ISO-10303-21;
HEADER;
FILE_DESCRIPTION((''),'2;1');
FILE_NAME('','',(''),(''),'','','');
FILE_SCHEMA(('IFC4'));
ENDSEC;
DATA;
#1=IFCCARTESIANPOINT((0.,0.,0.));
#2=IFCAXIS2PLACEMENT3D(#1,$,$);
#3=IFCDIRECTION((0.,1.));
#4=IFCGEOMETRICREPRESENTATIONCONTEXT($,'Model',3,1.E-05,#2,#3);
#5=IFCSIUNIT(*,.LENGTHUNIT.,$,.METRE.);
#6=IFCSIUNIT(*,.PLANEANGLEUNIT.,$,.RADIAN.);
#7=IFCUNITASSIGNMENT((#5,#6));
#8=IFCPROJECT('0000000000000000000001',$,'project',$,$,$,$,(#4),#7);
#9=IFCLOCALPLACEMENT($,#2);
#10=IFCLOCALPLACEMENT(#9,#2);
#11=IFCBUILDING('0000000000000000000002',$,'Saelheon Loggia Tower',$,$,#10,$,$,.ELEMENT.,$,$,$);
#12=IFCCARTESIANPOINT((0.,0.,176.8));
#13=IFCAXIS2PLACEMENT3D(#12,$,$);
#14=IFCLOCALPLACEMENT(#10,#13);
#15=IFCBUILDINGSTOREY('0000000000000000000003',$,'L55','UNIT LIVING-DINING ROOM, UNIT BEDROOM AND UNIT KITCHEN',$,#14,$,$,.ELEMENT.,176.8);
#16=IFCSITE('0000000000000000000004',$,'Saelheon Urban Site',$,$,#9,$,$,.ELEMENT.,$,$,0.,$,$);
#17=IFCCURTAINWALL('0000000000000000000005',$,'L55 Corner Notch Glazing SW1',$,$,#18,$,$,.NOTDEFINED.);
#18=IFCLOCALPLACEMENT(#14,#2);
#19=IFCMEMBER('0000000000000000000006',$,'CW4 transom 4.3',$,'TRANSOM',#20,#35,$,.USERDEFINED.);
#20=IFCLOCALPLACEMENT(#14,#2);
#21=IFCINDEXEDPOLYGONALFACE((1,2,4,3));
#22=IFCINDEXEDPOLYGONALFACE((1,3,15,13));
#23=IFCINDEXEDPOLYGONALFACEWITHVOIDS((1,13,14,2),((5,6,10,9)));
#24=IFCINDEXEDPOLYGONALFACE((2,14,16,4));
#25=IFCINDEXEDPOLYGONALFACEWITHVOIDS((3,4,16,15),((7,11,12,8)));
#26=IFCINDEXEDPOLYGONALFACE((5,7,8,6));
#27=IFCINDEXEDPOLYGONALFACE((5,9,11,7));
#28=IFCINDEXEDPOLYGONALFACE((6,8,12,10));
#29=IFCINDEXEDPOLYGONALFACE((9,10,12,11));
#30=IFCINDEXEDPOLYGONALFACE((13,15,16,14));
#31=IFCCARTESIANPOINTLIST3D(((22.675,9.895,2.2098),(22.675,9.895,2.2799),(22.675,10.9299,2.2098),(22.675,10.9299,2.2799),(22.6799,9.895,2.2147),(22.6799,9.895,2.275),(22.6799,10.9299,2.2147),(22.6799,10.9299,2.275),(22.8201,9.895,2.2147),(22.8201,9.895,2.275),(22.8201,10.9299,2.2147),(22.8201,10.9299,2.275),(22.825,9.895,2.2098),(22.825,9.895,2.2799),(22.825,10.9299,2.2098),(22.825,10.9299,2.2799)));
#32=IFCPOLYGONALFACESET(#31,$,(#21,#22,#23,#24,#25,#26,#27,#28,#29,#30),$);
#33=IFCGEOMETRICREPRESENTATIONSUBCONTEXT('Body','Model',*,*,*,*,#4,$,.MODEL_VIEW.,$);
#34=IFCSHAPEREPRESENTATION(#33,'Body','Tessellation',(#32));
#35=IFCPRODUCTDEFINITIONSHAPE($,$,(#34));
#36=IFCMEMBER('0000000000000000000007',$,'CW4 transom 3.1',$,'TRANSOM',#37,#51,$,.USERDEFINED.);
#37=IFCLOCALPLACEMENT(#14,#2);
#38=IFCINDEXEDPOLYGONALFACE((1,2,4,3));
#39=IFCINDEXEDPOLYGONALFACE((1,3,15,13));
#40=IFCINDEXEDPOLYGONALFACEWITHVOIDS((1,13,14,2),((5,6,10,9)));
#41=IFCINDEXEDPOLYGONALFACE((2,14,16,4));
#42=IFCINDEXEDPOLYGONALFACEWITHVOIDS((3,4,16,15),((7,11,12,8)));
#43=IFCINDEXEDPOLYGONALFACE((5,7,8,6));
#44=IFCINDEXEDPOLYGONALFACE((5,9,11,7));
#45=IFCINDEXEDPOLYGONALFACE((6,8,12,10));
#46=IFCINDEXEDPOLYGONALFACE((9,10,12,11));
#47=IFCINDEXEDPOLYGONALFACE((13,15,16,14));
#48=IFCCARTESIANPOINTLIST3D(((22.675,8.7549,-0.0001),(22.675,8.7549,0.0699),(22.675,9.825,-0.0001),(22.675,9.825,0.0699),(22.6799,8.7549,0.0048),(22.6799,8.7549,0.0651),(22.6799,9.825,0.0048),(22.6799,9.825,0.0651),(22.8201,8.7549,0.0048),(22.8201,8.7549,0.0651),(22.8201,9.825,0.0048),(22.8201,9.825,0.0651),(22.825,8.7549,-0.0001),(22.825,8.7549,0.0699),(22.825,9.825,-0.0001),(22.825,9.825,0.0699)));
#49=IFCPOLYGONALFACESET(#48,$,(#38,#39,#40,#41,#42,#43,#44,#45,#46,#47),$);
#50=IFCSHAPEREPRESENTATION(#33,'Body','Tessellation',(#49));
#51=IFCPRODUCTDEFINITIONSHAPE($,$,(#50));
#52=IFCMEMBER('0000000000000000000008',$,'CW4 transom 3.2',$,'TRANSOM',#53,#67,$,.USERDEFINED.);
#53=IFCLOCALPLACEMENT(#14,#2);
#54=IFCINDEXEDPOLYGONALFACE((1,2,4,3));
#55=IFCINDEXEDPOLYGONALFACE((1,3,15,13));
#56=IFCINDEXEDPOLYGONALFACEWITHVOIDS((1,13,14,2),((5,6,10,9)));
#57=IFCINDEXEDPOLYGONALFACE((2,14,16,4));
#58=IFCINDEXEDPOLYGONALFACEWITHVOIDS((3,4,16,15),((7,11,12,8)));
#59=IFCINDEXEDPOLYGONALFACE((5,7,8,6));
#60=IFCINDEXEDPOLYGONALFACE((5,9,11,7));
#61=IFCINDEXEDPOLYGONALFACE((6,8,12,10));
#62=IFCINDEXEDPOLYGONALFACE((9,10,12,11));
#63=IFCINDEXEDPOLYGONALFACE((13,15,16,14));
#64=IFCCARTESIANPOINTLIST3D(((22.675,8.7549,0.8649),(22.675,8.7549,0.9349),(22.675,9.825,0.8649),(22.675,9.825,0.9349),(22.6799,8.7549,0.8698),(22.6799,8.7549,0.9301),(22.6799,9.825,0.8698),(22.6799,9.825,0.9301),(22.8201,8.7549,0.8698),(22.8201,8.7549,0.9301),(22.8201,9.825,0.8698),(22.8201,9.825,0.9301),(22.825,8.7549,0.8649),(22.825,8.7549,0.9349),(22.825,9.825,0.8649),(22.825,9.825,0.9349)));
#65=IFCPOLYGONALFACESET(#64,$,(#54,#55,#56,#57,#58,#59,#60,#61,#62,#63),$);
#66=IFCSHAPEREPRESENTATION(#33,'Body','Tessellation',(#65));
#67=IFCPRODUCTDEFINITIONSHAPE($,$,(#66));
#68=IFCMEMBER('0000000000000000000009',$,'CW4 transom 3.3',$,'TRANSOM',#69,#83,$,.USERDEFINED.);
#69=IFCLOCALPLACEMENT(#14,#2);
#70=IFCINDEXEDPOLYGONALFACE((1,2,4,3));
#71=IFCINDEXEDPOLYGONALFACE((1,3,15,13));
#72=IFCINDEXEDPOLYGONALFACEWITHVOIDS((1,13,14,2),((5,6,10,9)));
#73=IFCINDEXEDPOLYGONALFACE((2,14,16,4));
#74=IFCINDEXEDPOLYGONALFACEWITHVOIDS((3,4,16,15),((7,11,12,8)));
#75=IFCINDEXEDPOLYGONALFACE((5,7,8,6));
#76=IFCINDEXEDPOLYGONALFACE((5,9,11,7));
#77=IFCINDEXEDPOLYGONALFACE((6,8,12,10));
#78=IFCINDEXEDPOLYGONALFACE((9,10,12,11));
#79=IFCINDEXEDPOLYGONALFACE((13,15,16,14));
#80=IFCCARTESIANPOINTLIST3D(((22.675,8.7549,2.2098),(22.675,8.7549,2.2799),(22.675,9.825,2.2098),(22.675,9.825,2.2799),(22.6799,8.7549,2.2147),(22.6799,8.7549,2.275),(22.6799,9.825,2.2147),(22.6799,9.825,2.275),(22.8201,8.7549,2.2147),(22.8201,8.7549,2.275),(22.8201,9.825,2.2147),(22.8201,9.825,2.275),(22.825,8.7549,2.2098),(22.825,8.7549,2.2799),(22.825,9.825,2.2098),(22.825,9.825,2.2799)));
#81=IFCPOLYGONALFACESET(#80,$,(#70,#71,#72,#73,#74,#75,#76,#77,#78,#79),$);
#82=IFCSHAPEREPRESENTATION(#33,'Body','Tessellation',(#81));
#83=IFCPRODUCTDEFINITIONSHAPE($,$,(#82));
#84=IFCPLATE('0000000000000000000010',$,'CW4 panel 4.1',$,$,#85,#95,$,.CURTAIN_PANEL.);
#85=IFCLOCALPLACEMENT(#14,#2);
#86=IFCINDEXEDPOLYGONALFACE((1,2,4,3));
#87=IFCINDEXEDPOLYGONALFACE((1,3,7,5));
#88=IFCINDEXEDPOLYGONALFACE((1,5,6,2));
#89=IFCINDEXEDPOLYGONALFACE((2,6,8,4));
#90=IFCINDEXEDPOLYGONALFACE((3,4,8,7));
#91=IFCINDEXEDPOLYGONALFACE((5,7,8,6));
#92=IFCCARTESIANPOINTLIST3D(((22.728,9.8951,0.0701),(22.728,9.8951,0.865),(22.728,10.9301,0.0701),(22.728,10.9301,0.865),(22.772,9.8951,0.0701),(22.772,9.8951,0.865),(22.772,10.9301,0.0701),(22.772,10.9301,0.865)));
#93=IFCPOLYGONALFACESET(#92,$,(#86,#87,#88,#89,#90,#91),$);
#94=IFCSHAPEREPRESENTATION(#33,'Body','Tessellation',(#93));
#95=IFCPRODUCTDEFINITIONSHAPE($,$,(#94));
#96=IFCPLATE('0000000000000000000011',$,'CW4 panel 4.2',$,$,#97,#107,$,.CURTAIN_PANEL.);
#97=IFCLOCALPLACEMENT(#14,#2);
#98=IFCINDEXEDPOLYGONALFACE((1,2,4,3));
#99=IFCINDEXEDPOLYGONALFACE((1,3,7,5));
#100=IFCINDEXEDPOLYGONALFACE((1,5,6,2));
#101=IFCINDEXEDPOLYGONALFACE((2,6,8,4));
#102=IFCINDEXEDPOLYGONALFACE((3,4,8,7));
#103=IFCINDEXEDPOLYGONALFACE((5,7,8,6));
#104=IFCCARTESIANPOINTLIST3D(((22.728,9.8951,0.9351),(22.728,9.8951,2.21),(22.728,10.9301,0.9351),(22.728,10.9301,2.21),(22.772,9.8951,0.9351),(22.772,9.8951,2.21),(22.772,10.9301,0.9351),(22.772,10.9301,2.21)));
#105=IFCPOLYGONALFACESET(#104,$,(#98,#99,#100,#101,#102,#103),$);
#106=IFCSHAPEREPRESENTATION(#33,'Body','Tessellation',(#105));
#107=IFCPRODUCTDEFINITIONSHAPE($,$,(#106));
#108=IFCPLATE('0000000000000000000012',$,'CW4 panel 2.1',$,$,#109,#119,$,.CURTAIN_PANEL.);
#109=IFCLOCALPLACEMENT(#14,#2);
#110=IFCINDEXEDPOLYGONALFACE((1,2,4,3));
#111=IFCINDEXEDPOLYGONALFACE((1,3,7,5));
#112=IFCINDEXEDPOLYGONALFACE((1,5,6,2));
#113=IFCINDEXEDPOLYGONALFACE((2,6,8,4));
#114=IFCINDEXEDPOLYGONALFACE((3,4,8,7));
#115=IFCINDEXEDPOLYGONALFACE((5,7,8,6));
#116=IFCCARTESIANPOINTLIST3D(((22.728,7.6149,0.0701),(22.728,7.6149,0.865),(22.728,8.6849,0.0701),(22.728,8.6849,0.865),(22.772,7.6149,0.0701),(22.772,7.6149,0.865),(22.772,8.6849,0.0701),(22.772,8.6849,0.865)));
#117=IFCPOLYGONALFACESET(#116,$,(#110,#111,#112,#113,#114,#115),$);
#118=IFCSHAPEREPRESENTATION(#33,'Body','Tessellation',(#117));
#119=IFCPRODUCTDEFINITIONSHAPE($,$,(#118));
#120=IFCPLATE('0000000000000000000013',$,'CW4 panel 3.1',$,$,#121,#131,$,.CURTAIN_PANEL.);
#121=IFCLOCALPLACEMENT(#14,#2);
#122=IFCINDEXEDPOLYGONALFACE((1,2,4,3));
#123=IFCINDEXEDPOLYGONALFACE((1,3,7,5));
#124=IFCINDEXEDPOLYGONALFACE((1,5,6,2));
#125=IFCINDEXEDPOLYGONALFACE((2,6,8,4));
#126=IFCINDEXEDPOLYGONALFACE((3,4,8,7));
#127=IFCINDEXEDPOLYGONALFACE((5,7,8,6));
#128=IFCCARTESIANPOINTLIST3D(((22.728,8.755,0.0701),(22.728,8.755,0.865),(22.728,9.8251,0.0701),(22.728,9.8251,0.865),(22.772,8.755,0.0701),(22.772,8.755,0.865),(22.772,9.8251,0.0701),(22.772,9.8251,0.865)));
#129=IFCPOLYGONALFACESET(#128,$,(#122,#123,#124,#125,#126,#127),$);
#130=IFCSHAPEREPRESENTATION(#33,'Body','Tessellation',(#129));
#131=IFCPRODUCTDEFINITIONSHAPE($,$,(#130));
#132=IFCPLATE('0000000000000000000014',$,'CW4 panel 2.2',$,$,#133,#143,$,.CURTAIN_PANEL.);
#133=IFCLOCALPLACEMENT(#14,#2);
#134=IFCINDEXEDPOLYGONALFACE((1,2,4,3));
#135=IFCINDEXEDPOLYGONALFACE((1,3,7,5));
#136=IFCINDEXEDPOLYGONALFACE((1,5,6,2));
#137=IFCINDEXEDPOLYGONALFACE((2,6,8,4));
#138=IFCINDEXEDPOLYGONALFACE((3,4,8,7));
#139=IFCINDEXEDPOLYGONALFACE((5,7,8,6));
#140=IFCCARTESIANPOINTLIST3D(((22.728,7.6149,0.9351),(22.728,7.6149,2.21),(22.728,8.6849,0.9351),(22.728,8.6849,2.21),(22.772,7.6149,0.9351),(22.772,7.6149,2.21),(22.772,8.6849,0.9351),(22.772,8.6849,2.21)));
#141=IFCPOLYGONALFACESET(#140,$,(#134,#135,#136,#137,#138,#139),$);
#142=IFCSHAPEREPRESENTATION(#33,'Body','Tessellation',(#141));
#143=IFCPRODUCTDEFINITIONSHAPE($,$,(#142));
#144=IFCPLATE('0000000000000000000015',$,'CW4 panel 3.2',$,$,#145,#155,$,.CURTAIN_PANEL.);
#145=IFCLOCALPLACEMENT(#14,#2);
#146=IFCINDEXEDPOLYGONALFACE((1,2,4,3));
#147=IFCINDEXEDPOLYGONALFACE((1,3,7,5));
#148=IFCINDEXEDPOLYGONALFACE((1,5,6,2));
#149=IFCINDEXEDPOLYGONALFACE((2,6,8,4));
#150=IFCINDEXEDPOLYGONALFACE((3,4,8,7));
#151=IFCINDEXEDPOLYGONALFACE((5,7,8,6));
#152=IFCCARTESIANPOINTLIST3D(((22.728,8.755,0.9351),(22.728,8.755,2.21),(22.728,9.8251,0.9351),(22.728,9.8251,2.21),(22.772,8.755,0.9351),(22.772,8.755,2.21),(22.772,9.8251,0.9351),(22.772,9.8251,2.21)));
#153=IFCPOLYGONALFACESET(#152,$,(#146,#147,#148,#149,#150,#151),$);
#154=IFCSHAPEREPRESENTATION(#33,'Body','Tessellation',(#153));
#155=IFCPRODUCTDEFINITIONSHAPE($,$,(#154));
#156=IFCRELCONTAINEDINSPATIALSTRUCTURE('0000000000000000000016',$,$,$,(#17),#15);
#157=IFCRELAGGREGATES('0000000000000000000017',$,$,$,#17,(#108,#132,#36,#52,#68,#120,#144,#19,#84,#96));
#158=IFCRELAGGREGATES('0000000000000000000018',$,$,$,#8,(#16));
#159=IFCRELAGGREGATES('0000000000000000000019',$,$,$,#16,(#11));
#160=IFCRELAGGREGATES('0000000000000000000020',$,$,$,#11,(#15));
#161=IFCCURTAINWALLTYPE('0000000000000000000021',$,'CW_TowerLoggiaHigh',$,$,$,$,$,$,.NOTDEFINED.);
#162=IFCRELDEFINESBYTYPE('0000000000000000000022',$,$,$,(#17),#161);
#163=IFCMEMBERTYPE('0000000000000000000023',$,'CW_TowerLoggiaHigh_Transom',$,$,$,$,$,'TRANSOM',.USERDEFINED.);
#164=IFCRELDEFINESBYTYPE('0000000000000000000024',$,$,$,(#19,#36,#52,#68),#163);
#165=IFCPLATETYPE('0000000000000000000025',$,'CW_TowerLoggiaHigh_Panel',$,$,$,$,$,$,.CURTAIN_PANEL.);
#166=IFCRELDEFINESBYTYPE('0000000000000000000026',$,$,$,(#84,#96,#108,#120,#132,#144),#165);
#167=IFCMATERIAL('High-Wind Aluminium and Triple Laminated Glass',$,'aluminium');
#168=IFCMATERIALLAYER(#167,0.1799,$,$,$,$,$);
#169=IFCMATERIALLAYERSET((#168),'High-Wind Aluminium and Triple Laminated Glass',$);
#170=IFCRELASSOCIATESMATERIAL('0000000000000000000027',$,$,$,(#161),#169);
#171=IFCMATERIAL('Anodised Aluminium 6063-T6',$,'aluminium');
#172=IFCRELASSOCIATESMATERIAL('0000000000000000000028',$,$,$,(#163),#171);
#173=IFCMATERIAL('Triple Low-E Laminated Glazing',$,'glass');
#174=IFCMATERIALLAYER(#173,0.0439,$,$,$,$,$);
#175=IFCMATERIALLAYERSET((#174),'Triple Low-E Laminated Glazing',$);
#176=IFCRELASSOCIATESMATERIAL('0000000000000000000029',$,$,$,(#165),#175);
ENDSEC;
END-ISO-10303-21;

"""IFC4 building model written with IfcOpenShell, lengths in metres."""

from ifc_helpers import new_model, si_unit, direction, frame, origin, origin_2d, place, context, subcontext, project, spatial, rectangle, hollow_rectangle, extrude, source, transform, mapped, material, layer, layer_set, material_profile, profile_set, type_object, element, aggregate, save


model = new_model("IFC4")

# Units and contexts
model_context = context("Model", 3, precision=1e-05, world=origin(), true_north=direction((0.0, 1.0)))
body_context = subcontext(model_context, "Body", "Model", "MODEL_VIEW")
ifc_project = project(units=[si_unit("LENGTHUNIT", "METRE"), si_unit("PLANEANGLEUNIT", "RADIAN")], contexts=[model_context])

# Site, building, storey
site_placement = place(None, origin())
site = spatial("IfcSite", under=ifc_project, at=site_placement, Name="Saelheon Urban Site", CompositionType="ELEMENT", RefElevation=0.0)
building_placement = place(site_placement, origin())
building = spatial("IfcBuilding", under=site, at=building_placement, Name="Saelheon Loggia Tower", CompositionType="ELEMENT")
storey_placement = place(building_placement, frame((0.0, 0.0, 176.8)))
storey = spatial("IfcBuildingStorey", under=building, at=storey_placement, Name="L55", Description="UNIT LIVING-DINING ROOM, UNIT BEDROOM AND UNIT KITCHEN", CompositionType="ELEMENT", Elevation=176.8)

# Curtain wall, members, plates
ifc_material_1 = material(Name="High-Wind Aluminium and Triple Laminated Glass", Category="aluminium")
ifc_layer_1 = layer(ifc_material_1, 0.1799)
ifc_layer_set_1 = layer_set([ifc_layer_1], Name="High-Wind Aluminium and Triple Laminated Glass")
curtain_wall_type = type_object("IfcCurtainWallType", Name="CW_TowerLoggiaHigh", PredefinedType="NOTDEFINED", material=ifc_layer_set_1)
curtain_wall_placement = place(storey_placement, origin())
curtain_wall = element("IfcCurtainWall", 1, at=curtain_wall_placement, inside=storey, type_object=curtain_wall_type, Name="L55 Corner Notch Glazing SW1", PredefinedType="NOTDEFINED")
ifc_material_2 = material(Name="Anodised Aluminium 6063-T6", Category="aluminium")
ifc_material_profile_1 = material_profile(ifc_material_2, hollow_rectangle(XDim=0.0701, YDim=0.1499, WallThickness=0.0049, at=origin_2d()), Name="RHS-150x70x5")
ifc_profile_set_1 = profile_set([ifc_material_profile_1], Name="Anodised Aluminium 6063-T6")
member_type_1 = type_object("IfcMemberType", Name="CW_TowerLoggiaHigh_Transom", ElementType="TRANSOM", PredefinedType="USERDEFINED", material=ifc_profile_set_1)
shared_shape_1 = source(origin(), body_context, "Body", "SweptSolid", [
    extrude(hollow_rectangle(XDim=0.0701, YDim=0.1499, WallThickness=0.0049, at=origin_2d()), origin(), (0.0, 0.0, 1.0), 1.0349),
])
member_1_placement = place(storey_placement, frame((22.75, 9.895, 2.2449), z_axis=(0.0, 1.0, 0.0), x_axis=(0.0, 0.0, 1.0)))
member_1 = element("IfcMember", 2, at=member_1_placement, type_object=member_type_1, Name="CW4 transom 4.3", ObjectType="TRANSOM", PredefinedType="USERDEFINED", context=body_context, shape_type="MappedRepresentation", body=[
    mapped(shared_shape_1, transform((0.0, 0.0, 0.0), scale=1.0)),
])
shared_shape_2 = source(origin(), body_context, "Body", "SweptSolid", [
    extrude(hollow_rectangle(XDim=0.0701, YDim=0.1499, WallThickness=0.0049, at=origin_2d()), origin(), (0.0, 0.0, 1.0), 1.0701),
])
member_2_placement = place(storey_placement, frame((22.75, 8.7549, 0.0349), z_axis=(0.0, 1.0, 0.0), x_axis=(0.0, 0.0, 1.0)))
member_2 = element("IfcMember", 3, at=member_2_placement, type_object=member_type_1, Name="CW4 transom 3.1", ObjectType="TRANSOM", PredefinedType="USERDEFINED", context=body_context, shape_type="MappedRepresentation", body=[
    mapped(shared_shape_2, transform((0.0, 0.0, 0.0), scale=1.0)),
])
member_3_placement = place(storey_placement, frame((22.75, 8.7549, 0.8999), z_axis=(0.0, 1.0, 0.0), x_axis=(0.0, 0.0, 1.0)))
member_3 = element("IfcMember", 4, at=member_3_placement, type_object=member_type_1, Name="CW4 transom 3.2", ObjectType="TRANSOM", PredefinedType="USERDEFINED", context=body_context, shape_type="MappedRepresentation", body=[
    mapped(shared_shape_2, transform((0.0, 0.0, 0.0), scale=1.0)),
])
member_4_placement = place(storey_placement, frame((22.75, 8.7549, 2.2449), z_axis=(0.0, 1.0, 0.0), x_axis=(0.0, 0.0, 1.0)))
member_4 = element("IfcMember", 5, at=member_4_placement, type_object=member_type_1, Name="CW4 transom 3.3", ObjectType="TRANSOM", PredefinedType="USERDEFINED", context=body_context, shape_type="MappedRepresentation", body=[
    mapped(shared_shape_2, transform((0.0, 0.0, 0.0), scale=1.0)),
])
ifc_material_3 = material(Name="Triple Low-E Laminated Glazing", Category="glass")
ifc_layer_2 = layer(ifc_material_3, 0.0439)
ifc_layer_set_2 = layer_set([ifc_layer_2], Name="Triple Low-E Laminated Glazing")
plate_type = type_object("IfcPlateType", Name="CW_TowerLoggiaHigh_Panel", PredefinedType="CURTAIN_PANEL", material=ifc_layer_set_2)
shared_shape_3 = source(origin(), body_context, "Body", "SweptSolid", [
    extrude(rectangle(XDim=1.0349, YDim=0.0439, at=origin_2d()), origin(), (0.0, 0.0, 1.0), 0.7949),
])
plate_1_placement = place(storey_placement, frame((22.75, 10.4126, 0.0701), z_axis=(0.0, 0.0, 1.0), x_axis=(0.0, 1.0, 0.0)))
plate_1 = element("IfcPlate", 6, at=plate_1_placement, type_object=plate_type, Name="CW4 panel 4.1", PredefinedType="CURTAIN_PANEL", context=body_context, shape_type="MappedRepresentation", body=[
    mapped(shared_shape_3, transform((0.0, 0.0, 0.0), scale=1.0)),
])
shared_shape_4 = source(origin(), body_context, "Body", "SweptSolid", [
    extrude(rectangle(XDim=1.0349, YDim=0.0439, at=origin_2d()), origin(), (0.0, 0.0, 1.0), 1.2749),
])
plate_2_placement = place(storey_placement, frame((22.75, 10.4126, 0.9351), z_axis=(0.0, 0.0, 1.0), x_axis=(0.0, 1.0, 0.0)))
plate_2 = element("IfcPlate", 7, at=plate_2_placement, type_object=plate_type, Name="CW4 panel 4.2", PredefinedType="CURTAIN_PANEL", context=body_context, shape_type="MappedRepresentation", body=[
    mapped(shared_shape_4, transform((0.0, 0.0, 0.0), scale=1.0)),
])
shared_shape_5 = source(origin(), body_context, "Body", "SweptSolid", [
    extrude(rectangle(XDim=1.0701, YDim=0.0439, at=origin_2d()), origin(), (0.0, 0.0, 1.0), 0.7949),
])
plate_3_placement = place(storey_placement, frame((22.75, 8.1499, 0.0701), z_axis=(0.0, 0.0, 1.0), x_axis=(0.0, 1.0, 0.0)))
plate_3 = element("IfcPlate", 8, at=plate_3_placement, type_object=plate_type, Name="CW4 panel 2.1", PredefinedType="CURTAIN_PANEL", context=body_context, shape_type="MappedRepresentation", body=[
    mapped(shared_shape_5, transform((0.0, 0.0, 0.0), scale=1.0)),
])
plate_4_placement = place(storey_placement, frame((22.75, 9.29, 0.0701), z_axis=(0.0, 0.0, 1.0), x_axis=(0.0, 1.0, 0.0)))
plate_4 = element("IfcPlate", 9, at=plate_4_placement, type_object=plate_type, Name="CW4 panel 3.1", PredefinedType="CURTAIN_PANEL", context=body_context, shape_type="MappedRepresentation", body=[
    mapped(shared_shape_5, transform((0.0, 0.0, 0.0), scale=1.0)),
])
shared_shape_6 = source(origin(), body_context, "Body", "SweptSolid", [
    extrude(rectangle(XDim=1.0701, YDim=0.0439, at=origin_2d()), origin(), (0.0, 0.0, 1.0), 1.2749),
])
plate_5_placement = place(storey_placement, frame((22.75, 8.1499, 0.9351), z_axis=(0.0, 0.0, 1.0), x_axis=(0.0, 1.0, 0.0)))
plate_5 = element("IfcPlate", 10, at=plate_5_placement, type_object=plate_type, Name="CW4 panel 2.2", PredefinedType="CURTAIN_PANEL", context=body_context, shape_type="MappedRepresentation", body=[
    mapped(shared_shape_6, transform((0.0, 0.0, 0.0), scale=1.0)),
])
plate_6_placement = place(storey_placement, frame((22.75, 9.29, 0.9351), z_axis=(0.0, 0.0, 1.0), x_axis=(0.0, 1.0, 0.0)))
plate_6 = element("IfcPlate", 11, at=plate_6_placement, type_object=plate_type, Name="CW4 panel 3.2", PredefinedType="CURTAIN_PANEL", context=body_context, shape_type="MappedRepresentation", body=[
    mapped(shared_shape_6, transform((0.0, 0.0, 0.0), scale=1.0)),
])
aggregate(curtain_wall, [plate_3, plate_5, member_2, member_3, member_4, plate_4, plate_6, member_1, plate_1, plate_2])

save(model, "model.ifc")
